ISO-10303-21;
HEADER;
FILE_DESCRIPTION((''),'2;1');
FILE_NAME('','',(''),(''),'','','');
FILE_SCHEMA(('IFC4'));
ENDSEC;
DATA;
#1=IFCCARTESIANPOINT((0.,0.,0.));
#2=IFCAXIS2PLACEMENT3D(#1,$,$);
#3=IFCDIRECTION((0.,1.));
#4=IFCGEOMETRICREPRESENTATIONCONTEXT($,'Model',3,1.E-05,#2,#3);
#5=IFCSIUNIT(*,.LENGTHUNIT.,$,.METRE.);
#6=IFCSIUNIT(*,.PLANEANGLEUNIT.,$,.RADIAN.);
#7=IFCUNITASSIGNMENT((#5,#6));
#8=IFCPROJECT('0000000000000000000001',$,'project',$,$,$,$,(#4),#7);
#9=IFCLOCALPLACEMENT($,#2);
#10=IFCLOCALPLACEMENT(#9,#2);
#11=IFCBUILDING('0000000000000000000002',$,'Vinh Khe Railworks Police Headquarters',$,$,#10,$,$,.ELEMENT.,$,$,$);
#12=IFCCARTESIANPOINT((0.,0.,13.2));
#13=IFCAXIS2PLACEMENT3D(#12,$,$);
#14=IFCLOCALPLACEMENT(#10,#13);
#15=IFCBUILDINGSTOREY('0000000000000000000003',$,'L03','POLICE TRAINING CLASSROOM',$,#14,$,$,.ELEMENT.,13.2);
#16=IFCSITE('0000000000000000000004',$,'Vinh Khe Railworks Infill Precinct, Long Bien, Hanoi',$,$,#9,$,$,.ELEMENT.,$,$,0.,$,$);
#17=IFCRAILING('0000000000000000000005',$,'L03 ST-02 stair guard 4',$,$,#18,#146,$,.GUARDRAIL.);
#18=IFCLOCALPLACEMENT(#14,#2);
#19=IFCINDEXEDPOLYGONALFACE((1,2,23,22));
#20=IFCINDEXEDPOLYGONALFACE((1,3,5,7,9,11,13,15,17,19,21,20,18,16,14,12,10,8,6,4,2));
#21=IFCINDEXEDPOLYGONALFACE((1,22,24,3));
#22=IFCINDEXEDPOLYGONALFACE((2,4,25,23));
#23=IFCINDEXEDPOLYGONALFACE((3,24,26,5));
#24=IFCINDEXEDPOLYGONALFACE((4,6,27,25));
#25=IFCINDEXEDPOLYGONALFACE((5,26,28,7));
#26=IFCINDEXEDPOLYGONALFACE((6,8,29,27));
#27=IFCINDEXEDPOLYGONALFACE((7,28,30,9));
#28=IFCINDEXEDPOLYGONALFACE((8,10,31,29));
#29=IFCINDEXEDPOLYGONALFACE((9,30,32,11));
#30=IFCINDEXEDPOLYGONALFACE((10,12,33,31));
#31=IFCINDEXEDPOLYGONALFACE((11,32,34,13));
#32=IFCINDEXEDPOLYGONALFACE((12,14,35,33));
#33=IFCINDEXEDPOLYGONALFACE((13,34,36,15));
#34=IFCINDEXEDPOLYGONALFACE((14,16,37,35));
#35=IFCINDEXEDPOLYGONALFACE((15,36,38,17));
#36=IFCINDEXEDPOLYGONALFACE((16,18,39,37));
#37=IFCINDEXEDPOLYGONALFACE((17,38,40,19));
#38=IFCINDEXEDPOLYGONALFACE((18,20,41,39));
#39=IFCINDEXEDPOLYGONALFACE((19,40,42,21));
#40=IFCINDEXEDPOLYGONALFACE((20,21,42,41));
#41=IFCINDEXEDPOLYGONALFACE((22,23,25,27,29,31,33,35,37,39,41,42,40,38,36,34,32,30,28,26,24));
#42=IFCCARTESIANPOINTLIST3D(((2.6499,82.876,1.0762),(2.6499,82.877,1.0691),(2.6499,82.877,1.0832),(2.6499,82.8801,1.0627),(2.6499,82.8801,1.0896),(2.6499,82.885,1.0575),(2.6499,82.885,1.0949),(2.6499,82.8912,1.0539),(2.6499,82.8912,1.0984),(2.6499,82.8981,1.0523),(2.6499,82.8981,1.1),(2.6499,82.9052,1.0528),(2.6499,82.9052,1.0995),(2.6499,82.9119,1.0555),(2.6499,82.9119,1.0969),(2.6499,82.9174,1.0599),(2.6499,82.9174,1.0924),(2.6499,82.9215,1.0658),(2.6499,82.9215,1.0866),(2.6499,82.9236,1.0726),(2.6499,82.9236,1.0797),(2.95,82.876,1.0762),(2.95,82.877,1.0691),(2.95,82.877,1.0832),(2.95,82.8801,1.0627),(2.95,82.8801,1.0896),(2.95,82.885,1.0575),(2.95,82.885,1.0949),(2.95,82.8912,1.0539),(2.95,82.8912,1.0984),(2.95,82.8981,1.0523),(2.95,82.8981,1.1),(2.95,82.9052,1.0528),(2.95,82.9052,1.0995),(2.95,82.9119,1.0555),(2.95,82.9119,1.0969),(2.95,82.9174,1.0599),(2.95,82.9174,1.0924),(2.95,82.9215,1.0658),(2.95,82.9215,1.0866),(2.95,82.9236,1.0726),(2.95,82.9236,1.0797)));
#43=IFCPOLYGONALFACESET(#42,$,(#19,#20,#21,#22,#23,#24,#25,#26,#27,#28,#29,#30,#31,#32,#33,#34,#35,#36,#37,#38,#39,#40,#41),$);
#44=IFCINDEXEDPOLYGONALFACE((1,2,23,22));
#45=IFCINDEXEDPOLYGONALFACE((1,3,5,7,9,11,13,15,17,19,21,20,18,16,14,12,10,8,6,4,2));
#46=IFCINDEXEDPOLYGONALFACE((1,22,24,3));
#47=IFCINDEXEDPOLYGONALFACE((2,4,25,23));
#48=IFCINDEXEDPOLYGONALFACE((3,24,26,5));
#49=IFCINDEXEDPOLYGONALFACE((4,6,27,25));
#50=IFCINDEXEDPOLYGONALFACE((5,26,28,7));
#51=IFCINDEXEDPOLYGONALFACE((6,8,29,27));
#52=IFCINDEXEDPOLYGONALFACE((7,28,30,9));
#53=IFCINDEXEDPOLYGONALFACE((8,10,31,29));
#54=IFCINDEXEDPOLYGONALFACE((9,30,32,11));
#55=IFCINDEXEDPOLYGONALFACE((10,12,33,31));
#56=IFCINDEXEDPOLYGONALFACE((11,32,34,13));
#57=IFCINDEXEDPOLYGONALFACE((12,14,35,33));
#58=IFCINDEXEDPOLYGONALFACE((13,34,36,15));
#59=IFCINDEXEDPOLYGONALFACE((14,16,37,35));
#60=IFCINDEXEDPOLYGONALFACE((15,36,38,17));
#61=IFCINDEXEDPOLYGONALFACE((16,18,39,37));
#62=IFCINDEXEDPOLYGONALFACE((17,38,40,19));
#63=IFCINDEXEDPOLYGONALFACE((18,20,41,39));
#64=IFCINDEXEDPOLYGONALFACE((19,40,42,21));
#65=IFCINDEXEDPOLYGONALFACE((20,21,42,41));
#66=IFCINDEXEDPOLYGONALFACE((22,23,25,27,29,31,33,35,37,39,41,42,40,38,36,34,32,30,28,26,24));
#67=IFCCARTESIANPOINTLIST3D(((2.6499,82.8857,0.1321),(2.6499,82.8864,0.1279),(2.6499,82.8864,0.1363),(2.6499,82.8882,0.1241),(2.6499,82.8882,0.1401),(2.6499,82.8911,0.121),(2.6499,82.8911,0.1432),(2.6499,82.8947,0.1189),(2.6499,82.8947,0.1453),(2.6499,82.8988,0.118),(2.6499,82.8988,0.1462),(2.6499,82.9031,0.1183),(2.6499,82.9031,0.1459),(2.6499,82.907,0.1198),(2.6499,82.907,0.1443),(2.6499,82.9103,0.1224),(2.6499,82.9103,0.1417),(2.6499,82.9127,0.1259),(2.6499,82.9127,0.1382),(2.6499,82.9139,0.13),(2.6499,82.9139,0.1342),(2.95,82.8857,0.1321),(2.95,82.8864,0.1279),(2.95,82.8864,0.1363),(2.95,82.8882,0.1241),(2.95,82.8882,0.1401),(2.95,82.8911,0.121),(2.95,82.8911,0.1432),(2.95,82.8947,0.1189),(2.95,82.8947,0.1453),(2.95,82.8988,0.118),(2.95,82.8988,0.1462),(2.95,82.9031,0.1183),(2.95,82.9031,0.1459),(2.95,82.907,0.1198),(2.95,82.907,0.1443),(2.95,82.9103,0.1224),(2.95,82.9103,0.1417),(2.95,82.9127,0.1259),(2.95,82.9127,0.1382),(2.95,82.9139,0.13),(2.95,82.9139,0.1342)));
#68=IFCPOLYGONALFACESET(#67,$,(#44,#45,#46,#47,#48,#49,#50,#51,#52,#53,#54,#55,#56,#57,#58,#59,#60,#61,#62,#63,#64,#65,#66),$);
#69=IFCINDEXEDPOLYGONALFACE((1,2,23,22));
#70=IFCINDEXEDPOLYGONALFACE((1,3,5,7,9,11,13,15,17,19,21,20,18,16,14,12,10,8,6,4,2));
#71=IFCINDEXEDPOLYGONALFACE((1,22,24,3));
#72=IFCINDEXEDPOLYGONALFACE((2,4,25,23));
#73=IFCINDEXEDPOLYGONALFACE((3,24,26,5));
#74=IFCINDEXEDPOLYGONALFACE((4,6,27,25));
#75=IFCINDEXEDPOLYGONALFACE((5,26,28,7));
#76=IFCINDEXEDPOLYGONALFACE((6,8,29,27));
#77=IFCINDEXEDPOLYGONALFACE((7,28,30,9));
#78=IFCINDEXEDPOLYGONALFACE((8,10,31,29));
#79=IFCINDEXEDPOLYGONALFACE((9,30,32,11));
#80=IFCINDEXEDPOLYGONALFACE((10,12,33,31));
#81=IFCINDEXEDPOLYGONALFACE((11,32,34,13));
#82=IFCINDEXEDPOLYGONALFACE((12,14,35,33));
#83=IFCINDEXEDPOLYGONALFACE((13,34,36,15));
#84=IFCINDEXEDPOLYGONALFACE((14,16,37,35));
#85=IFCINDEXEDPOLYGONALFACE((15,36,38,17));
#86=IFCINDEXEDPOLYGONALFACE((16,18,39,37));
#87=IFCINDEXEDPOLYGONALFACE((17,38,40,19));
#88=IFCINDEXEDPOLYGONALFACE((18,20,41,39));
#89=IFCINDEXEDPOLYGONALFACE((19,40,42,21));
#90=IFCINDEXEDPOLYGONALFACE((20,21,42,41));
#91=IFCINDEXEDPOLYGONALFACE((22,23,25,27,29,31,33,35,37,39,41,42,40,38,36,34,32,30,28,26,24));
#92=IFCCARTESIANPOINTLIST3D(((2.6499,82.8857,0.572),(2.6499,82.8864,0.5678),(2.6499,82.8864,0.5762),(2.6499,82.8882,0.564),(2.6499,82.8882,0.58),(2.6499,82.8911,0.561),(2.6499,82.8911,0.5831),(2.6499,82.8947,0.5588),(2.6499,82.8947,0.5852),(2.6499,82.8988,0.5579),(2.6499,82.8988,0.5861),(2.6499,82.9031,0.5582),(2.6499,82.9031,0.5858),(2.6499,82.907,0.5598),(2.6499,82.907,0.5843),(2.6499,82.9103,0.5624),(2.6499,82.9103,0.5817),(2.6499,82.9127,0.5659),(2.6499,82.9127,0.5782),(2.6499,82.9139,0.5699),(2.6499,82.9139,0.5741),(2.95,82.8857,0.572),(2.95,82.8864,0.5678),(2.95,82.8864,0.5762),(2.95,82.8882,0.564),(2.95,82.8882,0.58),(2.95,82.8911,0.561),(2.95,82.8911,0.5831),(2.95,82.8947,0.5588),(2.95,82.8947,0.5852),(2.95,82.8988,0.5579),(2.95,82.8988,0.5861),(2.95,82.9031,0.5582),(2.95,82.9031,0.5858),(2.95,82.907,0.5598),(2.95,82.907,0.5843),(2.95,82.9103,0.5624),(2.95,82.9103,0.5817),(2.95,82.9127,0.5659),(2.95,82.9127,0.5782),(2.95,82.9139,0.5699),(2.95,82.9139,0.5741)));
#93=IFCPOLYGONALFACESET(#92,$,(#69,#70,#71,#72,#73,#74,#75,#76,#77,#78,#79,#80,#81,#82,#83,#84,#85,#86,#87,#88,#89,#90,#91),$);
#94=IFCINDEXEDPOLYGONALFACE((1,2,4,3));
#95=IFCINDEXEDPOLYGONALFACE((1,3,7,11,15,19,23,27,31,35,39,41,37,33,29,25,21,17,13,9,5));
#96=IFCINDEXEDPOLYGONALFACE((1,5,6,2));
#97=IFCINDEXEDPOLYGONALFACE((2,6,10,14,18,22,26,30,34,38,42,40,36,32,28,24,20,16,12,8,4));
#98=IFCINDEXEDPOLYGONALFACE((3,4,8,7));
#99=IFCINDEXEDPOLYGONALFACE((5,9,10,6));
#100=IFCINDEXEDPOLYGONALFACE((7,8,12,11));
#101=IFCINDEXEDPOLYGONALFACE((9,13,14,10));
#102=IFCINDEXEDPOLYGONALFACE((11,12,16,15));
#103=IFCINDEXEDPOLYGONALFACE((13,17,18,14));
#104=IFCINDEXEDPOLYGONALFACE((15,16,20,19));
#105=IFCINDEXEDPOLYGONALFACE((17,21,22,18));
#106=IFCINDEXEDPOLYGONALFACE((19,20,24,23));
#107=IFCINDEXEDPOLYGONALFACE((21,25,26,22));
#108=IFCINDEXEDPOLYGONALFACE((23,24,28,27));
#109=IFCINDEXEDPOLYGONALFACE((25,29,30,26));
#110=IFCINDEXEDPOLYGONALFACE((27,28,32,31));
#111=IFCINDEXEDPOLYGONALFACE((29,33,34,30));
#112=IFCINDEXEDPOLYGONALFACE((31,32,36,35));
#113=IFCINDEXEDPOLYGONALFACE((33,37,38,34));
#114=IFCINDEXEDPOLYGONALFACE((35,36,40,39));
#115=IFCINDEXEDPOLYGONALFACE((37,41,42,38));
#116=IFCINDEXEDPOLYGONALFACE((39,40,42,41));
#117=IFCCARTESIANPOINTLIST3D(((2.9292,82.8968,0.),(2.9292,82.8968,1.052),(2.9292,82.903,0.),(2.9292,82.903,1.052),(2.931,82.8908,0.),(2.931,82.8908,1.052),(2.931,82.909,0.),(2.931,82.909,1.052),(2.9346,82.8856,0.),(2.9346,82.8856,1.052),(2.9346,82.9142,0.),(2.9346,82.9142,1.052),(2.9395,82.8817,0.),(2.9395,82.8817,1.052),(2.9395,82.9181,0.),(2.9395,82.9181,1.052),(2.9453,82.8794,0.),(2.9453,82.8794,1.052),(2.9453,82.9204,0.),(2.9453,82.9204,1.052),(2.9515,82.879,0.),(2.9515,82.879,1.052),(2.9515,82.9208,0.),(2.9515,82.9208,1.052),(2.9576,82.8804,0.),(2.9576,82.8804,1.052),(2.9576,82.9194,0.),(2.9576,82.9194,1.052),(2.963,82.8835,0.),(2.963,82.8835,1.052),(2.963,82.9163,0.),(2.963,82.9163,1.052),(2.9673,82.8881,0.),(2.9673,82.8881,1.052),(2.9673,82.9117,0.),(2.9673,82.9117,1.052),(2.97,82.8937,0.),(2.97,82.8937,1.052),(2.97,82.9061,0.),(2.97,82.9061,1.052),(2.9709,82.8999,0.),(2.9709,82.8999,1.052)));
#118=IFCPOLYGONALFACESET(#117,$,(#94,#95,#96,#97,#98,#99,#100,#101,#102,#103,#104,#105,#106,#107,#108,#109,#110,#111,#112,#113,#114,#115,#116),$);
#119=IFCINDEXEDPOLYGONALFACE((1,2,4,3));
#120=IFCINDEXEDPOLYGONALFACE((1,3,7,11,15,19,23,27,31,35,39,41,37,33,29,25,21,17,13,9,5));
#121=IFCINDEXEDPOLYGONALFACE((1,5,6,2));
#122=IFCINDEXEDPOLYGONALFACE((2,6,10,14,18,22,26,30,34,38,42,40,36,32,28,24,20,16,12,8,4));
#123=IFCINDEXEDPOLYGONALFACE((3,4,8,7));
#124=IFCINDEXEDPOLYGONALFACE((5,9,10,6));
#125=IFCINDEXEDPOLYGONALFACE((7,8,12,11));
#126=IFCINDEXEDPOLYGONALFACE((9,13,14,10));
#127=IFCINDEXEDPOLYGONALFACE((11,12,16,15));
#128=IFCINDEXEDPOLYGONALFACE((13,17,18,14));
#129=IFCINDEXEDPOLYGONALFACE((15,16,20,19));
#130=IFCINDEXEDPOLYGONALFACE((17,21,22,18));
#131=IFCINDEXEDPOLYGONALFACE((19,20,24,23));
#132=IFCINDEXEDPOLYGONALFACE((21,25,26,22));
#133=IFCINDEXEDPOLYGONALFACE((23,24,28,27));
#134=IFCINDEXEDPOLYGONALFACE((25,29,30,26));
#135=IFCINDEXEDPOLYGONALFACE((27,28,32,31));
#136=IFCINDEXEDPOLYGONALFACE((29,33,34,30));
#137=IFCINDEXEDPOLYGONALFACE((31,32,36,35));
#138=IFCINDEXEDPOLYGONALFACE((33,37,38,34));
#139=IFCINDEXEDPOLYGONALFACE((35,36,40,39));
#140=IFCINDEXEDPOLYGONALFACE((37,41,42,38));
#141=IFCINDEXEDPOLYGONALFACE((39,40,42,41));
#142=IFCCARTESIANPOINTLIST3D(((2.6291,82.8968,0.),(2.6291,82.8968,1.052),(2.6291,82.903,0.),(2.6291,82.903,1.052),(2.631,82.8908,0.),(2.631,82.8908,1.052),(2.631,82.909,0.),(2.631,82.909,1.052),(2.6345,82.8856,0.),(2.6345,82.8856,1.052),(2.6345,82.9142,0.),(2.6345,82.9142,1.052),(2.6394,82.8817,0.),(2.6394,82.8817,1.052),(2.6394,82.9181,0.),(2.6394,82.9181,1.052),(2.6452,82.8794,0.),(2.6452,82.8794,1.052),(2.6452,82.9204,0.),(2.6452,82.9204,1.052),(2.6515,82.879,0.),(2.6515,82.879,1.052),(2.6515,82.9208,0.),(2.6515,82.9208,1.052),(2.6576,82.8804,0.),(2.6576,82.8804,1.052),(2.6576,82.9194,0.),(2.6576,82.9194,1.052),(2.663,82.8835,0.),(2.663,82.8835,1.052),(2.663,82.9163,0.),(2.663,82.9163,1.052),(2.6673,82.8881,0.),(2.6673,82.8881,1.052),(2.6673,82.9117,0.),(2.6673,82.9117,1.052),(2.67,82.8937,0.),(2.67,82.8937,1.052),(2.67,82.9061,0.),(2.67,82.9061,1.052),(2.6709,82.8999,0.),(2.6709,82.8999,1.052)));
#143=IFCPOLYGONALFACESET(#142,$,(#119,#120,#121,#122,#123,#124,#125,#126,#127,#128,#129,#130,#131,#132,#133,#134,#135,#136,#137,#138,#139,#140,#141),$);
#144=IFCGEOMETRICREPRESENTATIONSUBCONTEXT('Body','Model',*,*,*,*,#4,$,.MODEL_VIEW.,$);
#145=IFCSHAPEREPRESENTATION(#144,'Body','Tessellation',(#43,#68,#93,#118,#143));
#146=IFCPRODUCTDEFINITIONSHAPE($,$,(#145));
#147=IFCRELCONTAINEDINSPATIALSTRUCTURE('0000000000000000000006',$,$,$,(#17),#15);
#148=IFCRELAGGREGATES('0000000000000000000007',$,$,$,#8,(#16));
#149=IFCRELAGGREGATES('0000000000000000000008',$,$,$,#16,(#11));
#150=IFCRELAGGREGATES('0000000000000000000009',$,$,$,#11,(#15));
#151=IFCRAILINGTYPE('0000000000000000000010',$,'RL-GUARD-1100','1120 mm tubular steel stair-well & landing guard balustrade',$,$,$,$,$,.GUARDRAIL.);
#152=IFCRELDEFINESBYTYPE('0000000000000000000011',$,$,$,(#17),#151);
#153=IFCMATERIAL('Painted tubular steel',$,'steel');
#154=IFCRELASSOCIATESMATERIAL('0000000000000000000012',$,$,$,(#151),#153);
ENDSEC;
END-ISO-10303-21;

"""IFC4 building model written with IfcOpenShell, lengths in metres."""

from ifc_helpers import new_model, si_unit, direction, frame, origin, origin_2d, place, context, subcontext, project, spatial, circle, extrude, material, type_object, element, save


model = new_model("IFC4")

# Units and contexts
model_context = context("Model", 3, precision=1e-05, world=origin(), true_north=direction((0.0, 1.0)))
body_context = subcontext(model_context, "Body", "Model", "MODEL_VIEW")
ifc_project = project(units=[si_unit("LENGTHUNIT", "METRE"), si_unit("PLANEANGLEUNIT", "RADIAN")], contexts=[model_context])

# Site, building, storey
site_placement = place(None, origin())
site = spatial("IfcSite", under=ifc_project, at=site_placement, Name="Vinh Khe Railworks Infill Precinct, Long Bien, Hanoi", CompositionType="ELEMENT", RefElevation=0.0)
building_placement = place(site_placement, origin())
building = spatial("IfcBuilding", under=site, at=building_placement, Name="Vinh Khe Railworks Police Headquarters", CompositionType="ELEMENT")
storey_placement = place(building_placement, frame((0.0, 0.0, 13.2)))
storey = spatial("IfcBuildingStorey", under=building, at=storey_placement, Name="L03", Description="POLICE TRAINING CLASSROOM", CompositionType="ELEMENT", Elevation=13.2)

# Railing
ifc_material_1 = material(Name="Painted tubular steel", Category="steel")
railing_type_1 = type_object("IfcRailingType", Name="RL-GUARD-1100", Description="1120 mm tubular steel stair-well & landing guard balustrade", PredefinedType="GUARDRAIL", material=ifc_material_1)
railing_1_placement = place(storey_placement, frame((2.95, 82.8999, 0.0)))
element("IfcRailing", 1, at=railing_1_placement, inside=storey, type_object=railing_type_1, Name="L03 ST-02 stair guard 4", PredefinedType="GUARDRAIL", context=body_context, shape_type="SweptSolid", body=[
    extrude(circle(Radius=0.0239, at=origin_2d()), frame((0.0, 0.0, 1.0762), z_axis=(-1.0, 0.0, 0.0), x_axis=(0.0, -1.0, 0.0)), (0.0, 0.0, 1.0), 0.3),
    extrude(circle(Radius=0.0142, at=origin_2d()), frame((0.0, 0.0, 0.1321), z_axis=(-1.0, 0.0, 0.0), x_axis=(0.0, -1.0, 0.0)), (0.0, 0.0, 1.0), 0.3),
    extrude(circle(Radius=0.0142, at=origin_2d()), frame((0.0, 0.0, 0.572), z_axis=(-1.0, 0.0, 0.0), x_axis=(0.0, -1.0, 0.0)), (0.0, 0.0, 1.0), 0.3),
    extrude(circle(Radius=0.021, at=origin_2d()), origin(), (0.0, 0.0, 1.0), 1.052),
    extrude(circle(Radius=0.021, at=origin_2d()), frame((-0.3, 0.0, 0.0)), (0.0, 0.0, 1.0), 1.052),
])

save(model, "model.ifc")
